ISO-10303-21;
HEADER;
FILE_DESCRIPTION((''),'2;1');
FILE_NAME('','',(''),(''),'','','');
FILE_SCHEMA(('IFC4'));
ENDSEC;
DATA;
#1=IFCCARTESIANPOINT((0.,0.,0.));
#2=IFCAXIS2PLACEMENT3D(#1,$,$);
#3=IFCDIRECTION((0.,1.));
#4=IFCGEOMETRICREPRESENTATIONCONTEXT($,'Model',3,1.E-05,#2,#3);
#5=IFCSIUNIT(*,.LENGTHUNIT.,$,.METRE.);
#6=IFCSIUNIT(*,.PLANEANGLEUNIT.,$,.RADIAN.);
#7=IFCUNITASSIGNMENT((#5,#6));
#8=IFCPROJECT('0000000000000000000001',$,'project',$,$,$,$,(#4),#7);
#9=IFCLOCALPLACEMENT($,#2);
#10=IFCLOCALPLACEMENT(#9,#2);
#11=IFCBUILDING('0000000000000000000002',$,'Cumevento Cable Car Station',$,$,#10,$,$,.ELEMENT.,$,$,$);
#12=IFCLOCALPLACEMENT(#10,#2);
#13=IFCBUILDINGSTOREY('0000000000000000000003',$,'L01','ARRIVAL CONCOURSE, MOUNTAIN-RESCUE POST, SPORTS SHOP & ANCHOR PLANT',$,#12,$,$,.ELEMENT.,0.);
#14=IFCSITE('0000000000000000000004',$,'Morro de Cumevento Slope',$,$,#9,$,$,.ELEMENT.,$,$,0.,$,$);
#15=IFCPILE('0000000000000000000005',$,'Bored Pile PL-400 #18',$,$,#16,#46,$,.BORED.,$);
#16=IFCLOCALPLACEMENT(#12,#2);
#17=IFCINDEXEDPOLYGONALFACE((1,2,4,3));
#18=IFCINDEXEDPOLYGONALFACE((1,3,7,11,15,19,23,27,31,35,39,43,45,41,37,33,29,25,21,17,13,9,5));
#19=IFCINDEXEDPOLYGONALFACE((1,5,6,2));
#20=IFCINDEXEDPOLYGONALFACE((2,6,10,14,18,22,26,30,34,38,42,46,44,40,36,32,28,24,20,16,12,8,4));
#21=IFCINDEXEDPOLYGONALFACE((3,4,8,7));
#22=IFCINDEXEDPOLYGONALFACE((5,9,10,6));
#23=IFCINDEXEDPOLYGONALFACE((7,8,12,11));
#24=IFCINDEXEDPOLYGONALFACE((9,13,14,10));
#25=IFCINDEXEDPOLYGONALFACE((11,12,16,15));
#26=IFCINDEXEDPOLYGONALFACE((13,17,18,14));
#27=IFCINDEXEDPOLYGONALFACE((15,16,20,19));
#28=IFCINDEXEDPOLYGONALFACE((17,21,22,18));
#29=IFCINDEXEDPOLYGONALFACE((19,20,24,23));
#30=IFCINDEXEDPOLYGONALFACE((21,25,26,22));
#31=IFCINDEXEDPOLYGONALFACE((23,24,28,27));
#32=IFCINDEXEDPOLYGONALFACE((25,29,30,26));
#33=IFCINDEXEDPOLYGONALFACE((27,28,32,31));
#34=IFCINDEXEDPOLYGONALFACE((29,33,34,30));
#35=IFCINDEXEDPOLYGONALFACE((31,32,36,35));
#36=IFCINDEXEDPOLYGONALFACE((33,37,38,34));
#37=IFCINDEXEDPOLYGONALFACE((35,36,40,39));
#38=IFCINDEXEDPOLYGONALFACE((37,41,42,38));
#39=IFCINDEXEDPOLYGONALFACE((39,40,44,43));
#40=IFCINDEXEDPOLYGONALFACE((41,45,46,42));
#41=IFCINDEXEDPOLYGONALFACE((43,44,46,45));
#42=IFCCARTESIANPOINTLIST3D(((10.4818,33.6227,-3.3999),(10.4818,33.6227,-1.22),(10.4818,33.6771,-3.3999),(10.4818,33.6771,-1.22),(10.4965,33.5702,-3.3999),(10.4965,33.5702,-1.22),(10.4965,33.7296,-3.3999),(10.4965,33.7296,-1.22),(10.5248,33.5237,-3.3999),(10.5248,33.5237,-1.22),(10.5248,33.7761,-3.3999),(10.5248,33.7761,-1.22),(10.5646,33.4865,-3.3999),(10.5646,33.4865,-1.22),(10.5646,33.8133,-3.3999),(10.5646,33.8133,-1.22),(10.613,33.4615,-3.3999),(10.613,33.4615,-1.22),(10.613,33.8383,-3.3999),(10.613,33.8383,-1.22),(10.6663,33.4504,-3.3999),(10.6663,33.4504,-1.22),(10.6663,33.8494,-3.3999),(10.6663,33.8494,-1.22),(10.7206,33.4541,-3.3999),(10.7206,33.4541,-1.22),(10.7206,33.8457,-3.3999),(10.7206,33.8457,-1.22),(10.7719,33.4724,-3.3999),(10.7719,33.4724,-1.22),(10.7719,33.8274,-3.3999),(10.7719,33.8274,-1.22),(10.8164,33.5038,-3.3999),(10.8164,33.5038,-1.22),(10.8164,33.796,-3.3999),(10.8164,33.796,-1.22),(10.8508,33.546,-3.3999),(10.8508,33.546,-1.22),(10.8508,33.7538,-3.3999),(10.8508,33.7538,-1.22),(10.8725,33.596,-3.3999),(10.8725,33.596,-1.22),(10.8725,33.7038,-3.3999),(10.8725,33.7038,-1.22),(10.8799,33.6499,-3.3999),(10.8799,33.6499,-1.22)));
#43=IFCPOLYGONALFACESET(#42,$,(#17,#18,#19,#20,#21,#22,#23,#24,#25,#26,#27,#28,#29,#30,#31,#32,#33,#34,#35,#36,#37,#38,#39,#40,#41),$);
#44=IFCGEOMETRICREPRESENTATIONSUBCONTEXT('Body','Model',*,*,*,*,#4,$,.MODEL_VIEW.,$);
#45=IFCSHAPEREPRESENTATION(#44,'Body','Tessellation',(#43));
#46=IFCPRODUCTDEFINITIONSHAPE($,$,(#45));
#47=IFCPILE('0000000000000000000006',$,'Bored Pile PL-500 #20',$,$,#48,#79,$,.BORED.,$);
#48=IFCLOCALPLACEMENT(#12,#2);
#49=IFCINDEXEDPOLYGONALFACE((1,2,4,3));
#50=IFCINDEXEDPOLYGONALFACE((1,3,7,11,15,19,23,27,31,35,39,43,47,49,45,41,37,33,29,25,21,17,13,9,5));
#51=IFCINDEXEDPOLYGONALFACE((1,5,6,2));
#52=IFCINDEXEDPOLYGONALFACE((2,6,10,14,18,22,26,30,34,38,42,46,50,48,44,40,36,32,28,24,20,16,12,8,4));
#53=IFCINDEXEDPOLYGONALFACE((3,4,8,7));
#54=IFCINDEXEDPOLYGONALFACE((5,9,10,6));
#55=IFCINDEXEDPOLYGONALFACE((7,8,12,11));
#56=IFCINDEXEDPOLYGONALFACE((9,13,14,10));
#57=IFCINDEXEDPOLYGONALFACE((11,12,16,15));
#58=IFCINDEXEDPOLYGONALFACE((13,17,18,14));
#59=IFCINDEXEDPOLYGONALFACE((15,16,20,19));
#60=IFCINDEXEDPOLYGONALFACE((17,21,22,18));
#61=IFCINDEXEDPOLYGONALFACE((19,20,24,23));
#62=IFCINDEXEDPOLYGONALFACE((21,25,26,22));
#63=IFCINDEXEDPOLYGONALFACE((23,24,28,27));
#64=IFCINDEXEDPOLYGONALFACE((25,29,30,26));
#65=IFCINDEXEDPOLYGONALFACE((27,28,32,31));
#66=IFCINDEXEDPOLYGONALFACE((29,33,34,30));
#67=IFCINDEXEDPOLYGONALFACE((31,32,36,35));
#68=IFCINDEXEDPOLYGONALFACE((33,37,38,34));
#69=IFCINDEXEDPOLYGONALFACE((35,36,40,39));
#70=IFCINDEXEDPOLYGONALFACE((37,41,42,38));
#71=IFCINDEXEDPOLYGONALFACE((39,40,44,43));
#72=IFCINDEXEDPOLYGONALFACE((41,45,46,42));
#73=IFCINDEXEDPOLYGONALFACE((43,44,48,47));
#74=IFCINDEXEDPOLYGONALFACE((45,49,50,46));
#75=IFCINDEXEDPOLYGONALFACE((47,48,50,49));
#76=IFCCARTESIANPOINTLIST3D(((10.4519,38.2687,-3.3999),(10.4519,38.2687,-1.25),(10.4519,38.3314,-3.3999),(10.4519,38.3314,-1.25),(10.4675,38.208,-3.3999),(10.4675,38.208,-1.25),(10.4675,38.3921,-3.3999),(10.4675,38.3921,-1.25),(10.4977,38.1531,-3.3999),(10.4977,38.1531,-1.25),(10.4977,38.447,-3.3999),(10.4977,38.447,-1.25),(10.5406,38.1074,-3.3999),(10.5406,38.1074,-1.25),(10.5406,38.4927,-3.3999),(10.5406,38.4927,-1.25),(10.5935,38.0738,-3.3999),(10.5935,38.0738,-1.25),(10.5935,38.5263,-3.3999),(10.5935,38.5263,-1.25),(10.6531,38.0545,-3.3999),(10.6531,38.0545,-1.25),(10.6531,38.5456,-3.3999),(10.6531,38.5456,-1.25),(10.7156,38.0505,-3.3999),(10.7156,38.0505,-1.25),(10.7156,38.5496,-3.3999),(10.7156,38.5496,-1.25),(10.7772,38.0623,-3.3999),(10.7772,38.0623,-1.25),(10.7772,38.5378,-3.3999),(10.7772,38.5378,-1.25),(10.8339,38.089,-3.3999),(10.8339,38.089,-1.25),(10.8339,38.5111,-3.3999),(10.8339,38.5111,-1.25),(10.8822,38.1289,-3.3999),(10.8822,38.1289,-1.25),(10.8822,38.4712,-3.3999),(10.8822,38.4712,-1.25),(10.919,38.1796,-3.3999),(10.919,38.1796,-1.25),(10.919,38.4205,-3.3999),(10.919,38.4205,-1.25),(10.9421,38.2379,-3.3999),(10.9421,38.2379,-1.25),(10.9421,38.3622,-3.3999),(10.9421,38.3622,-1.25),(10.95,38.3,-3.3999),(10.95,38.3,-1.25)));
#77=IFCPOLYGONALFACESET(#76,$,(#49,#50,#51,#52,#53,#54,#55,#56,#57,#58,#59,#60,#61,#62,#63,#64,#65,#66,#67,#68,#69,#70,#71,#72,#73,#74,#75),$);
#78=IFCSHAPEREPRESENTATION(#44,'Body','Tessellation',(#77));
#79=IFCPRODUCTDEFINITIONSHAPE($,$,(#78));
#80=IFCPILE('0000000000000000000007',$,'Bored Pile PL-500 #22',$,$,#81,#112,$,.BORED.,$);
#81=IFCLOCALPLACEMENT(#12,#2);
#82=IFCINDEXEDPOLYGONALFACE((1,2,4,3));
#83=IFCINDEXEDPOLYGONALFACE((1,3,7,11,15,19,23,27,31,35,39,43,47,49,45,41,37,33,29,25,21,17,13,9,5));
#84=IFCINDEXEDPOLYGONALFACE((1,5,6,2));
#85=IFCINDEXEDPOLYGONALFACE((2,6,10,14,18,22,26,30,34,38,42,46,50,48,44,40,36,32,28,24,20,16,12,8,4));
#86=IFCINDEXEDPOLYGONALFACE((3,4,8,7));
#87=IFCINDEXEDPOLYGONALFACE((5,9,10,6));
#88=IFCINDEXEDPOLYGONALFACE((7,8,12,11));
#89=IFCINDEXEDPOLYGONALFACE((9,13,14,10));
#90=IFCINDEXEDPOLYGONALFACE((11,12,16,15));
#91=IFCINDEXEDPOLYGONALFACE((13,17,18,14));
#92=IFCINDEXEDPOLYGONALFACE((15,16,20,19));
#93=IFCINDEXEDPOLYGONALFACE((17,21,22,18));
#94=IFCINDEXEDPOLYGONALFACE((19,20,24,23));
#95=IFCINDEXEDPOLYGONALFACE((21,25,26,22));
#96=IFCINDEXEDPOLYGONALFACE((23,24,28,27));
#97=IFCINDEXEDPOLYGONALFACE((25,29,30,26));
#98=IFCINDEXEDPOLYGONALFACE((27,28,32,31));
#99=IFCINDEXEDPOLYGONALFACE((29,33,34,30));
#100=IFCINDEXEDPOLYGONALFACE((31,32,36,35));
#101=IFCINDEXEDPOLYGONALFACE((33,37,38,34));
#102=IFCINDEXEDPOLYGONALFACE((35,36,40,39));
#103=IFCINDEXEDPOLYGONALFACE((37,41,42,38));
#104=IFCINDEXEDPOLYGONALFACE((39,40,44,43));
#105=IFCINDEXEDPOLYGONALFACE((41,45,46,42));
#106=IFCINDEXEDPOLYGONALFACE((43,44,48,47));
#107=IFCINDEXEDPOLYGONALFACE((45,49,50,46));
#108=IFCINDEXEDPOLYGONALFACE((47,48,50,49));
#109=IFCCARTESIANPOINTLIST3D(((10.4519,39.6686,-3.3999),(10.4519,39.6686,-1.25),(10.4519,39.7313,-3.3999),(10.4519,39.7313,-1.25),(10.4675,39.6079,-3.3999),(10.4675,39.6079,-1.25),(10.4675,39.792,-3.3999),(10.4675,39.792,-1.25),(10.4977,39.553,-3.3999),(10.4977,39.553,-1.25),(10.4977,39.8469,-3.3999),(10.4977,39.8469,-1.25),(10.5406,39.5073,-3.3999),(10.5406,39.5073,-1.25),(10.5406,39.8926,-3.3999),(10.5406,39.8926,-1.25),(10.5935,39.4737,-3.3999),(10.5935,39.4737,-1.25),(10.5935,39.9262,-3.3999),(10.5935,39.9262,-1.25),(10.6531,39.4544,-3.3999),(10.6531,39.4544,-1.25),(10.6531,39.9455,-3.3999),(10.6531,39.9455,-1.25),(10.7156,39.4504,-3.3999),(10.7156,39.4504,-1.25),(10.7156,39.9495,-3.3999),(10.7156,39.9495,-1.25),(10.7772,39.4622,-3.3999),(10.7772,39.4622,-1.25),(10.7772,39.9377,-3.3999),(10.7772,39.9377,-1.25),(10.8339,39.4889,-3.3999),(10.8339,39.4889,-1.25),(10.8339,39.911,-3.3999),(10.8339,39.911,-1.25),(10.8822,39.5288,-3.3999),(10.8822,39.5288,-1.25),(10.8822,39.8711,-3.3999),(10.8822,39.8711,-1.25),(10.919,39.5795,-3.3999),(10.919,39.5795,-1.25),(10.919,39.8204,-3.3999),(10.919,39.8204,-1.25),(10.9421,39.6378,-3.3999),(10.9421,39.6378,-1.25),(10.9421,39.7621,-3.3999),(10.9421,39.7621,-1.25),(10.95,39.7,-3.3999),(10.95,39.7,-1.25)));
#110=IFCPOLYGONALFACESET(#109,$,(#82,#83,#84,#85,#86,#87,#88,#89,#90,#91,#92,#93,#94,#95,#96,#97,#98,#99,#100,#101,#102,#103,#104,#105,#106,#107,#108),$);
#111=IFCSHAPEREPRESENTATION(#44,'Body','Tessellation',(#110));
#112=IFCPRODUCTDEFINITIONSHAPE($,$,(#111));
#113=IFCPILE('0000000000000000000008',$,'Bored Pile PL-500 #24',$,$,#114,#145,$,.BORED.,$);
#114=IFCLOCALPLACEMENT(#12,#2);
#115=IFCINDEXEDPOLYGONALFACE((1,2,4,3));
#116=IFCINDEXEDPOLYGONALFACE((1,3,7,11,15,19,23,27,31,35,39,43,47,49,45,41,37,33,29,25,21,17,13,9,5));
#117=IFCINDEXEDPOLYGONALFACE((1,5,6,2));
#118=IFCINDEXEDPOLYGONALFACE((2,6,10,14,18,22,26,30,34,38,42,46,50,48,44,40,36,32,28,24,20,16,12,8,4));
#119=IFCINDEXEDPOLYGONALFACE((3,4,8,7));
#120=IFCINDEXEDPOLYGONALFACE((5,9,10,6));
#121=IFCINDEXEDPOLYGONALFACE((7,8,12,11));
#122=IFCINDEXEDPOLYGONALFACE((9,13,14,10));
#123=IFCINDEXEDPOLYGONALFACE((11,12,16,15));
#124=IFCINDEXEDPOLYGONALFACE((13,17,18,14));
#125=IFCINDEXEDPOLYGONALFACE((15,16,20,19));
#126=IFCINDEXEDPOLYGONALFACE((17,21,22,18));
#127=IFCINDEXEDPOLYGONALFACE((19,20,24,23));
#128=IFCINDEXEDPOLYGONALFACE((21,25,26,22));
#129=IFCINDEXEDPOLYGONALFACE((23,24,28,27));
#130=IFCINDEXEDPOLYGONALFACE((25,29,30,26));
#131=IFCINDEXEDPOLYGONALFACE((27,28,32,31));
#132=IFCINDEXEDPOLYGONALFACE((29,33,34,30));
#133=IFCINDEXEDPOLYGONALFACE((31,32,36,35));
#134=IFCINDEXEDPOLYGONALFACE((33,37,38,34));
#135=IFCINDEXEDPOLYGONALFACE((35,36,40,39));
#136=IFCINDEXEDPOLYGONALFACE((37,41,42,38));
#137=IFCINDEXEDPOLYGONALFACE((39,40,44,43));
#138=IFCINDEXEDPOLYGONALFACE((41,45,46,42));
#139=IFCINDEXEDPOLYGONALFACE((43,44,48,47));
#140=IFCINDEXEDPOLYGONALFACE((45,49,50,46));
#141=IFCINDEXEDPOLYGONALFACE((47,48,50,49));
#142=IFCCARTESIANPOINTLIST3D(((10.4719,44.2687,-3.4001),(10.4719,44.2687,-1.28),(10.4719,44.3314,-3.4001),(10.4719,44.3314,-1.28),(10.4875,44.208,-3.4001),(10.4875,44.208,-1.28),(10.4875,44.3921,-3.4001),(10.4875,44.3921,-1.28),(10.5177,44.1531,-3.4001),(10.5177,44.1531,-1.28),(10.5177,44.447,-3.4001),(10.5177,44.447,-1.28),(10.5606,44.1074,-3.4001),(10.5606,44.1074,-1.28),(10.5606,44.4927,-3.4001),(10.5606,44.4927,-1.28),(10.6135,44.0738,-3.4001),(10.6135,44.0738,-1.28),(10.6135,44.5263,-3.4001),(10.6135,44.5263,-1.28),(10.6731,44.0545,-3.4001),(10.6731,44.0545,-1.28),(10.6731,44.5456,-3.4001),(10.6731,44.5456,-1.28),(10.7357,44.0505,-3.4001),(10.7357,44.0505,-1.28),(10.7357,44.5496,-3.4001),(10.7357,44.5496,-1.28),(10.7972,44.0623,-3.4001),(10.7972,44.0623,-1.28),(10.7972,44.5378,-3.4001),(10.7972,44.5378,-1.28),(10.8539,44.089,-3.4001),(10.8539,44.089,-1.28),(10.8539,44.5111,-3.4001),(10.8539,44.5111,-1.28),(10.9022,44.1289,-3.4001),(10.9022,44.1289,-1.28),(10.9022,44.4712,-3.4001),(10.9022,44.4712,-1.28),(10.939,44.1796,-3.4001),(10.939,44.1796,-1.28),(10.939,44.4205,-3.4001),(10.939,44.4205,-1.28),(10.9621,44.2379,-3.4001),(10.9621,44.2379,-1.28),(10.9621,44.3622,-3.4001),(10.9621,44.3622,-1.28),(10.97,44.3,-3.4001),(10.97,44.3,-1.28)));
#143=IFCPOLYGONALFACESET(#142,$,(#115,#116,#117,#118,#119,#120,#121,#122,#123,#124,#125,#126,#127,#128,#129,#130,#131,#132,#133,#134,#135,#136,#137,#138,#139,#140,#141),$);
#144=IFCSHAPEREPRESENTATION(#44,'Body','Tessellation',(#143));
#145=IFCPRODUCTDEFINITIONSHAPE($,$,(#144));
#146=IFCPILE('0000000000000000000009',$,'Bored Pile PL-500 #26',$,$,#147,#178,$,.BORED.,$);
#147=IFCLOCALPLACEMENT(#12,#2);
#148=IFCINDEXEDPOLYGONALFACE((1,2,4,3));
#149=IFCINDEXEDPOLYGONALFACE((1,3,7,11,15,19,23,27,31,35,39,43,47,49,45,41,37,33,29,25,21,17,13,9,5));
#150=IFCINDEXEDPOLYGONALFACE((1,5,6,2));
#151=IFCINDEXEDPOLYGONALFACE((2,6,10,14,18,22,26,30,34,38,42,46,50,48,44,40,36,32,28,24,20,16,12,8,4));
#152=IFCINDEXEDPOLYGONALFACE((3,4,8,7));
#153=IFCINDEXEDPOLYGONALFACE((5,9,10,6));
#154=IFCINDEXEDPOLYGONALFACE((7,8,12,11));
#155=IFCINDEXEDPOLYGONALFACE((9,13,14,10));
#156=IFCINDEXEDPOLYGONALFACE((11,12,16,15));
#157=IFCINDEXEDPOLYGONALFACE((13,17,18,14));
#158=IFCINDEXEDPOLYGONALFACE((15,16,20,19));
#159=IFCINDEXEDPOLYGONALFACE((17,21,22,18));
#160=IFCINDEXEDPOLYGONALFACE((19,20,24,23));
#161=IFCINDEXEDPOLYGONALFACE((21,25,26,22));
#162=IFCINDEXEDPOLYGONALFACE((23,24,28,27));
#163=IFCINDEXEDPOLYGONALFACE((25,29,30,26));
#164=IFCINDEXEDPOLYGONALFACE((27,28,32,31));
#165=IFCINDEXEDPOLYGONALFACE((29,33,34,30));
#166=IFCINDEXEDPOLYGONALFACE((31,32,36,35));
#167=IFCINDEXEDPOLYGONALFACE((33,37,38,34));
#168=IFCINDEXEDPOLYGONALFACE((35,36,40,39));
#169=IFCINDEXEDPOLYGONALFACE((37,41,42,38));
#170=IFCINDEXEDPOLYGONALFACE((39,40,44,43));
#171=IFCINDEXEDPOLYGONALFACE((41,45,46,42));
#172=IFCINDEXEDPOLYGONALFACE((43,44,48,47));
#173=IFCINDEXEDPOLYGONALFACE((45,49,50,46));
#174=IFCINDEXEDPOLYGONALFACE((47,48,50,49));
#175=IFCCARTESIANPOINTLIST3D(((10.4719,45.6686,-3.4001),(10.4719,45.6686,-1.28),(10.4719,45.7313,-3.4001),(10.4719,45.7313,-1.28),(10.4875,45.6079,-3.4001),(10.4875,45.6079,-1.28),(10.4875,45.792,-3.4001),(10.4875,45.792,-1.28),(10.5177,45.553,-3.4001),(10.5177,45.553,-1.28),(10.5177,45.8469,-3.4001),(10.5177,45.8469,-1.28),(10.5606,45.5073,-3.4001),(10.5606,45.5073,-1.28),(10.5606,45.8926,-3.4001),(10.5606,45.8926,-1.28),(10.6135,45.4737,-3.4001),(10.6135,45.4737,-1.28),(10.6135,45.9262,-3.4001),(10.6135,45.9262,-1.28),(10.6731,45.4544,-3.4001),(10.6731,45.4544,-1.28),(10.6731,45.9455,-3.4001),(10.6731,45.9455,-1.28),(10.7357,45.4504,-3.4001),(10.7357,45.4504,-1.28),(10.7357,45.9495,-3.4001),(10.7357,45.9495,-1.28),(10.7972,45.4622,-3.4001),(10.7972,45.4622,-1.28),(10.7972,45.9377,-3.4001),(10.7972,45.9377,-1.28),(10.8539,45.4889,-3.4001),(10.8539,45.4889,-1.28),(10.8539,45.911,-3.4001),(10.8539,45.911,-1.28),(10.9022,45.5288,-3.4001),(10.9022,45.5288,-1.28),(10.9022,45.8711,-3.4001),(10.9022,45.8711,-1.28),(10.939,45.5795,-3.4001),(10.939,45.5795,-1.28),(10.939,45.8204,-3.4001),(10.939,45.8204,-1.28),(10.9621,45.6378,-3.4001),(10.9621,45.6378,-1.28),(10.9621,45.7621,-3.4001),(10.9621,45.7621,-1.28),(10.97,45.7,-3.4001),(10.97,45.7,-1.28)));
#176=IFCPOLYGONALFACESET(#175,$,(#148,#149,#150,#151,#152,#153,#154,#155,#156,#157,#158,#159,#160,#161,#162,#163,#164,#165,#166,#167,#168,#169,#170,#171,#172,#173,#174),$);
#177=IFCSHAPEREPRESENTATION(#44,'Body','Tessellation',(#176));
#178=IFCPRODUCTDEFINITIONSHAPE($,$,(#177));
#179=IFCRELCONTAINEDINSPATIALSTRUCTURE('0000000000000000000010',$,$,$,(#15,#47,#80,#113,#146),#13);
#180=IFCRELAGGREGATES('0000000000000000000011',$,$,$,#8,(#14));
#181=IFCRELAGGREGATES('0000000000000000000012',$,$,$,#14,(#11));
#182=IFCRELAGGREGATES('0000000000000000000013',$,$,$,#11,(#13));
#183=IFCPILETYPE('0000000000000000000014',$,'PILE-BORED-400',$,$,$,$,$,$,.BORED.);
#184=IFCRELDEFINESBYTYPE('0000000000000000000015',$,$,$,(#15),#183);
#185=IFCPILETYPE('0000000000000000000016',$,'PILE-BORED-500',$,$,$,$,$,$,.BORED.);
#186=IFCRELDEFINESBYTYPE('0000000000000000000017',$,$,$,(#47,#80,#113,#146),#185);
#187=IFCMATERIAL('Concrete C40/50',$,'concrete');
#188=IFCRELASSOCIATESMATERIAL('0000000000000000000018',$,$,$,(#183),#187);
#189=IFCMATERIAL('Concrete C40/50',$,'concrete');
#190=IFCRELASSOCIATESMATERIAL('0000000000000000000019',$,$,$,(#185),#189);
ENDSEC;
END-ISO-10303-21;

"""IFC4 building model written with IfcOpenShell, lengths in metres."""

from ifc_helpers import new_model, si_unit, direction, frame, origin, origin_2d, place, context, subcontext, project, spatial, circle, extrude, material, material_profile, profile_set, type_object, element, save


model = new_model("IFC4")

# Units and contexts
model_context = context("Model", 3, precision=1e-05, world=origin(), true_north=direction((0.0, 1.0)))
body_context = subcontext(model_context, "Body", "Model", "MODEL_VIEW")
ifc_project = project(units=[si_unit("LENGTHUNIT", "METRE"), si_unit("PLANEANGLEUNIT", "RADIAN")], contexts=[model_context])

# Site, building, storey
site_placement = place(None, origin())
site = spatial("IfcSite", under=ifc_project, at=site_placement, Name="Morro de Cumevento Slope", CompositionType="ELEMENT", RefElevation=0.0)
building_placement = place(site_placement, origin())
building = spatial("IfcBuilding", under=site, at=building_placement, Name="Cumevento Cable Car Station", CompositionType="ELEMENT")
storey_placement = place(building_placement, origin())
storey = spatial("IfcBuildingStorey", under=building, at=storey_placement, Name="L01", Description="ARRIVAL CONCOURSE, MOUNTAIN-RESCUE POST, SPORTS SHOP & ANCHOR PLANT", CompositionType="ELEMENT", Elevation=0.0)

# Piles
ifc_material_1 = material(Name="Concrete C40/50", Category="concrete")
ifc_material_profile_1 = material_profile(ifc_material_1, circle(Radius=0.2, at=origin_2d()), Name="PILE-D400")
ifc_profile_set_1 = profile_set([ifc_material_profile_1], Name="Concrete C40/50")
pile_type_1 = type_object("IfcPileType", Name="PILE-BORED-400", PredefinedType="BORED", material=ifc_profile_set_1)
pile_1_placement = place(storey_placement, frame((10.6799, 33.6499, -1.22), z_axis=(0.0, 0.0, -1.0), x_axis=(1.0, 0.0, 0.0)))
element("IfcPile", 1, at=pile_1_placement, inside=storey, type_object=pile_type_1, Name="Bored Pile PL-400 #18", PredefinedType="BORED", context=body_context, shape_type="SweptSolid", body=[
    extrude(circle(Radius=0.2, at=origin_2d()), origin(), (0.0, 0.0, 1.0), 2.1799),
])
ifc_material_2 = material(Name="Concrete C40/50", Category="concrete")
ifc_material_profile_2 = material_profile(ifc_material_2, circle(Radius=0.25, at=origin_2d()), Name="PILE-D500")
ifc_profile_set_2 = profile_set([ifc_material_profile_2], Name="Concrete C40/50")
pile_type_2 = type_object("IfcPileType", Name="PILE-BORED-500", PredefinedType="BORED", material=ifc_profile_set_2)
for number, where, z_axis, x_axis, name in (
    (2, (10.7, 38.3, -1.25), (0.0, 0.0, -1.0), (1.0, 0.0, 0.0), "Bored Pile PL-500 #20"),
    (3, (10.7, 39.7, -1.25), (0.0, 0.0, -1.0), (1.0, 0.0, 0.0), "Bored Pile PL-500 #22"),
):
    element("IfcPile", number, at=place(storey_placement, frame(where, z_axis=z_axis, x_axis=x_axis)), inside=storey, type_object=pile_type_2, Name=name, PredefinedType="BORED", context=body_context, shape_type="SweptSolid", body=[
        extrude(circle(Radius=0.25, at=origin_2d()), origin(), (0.0, 0.0, 1.0), 2.1499),
    ])
for number, where, z_axis, x_axis, name in (
    (4, (10.72, 44.3, -1.28), (0.0, 0.0, -1.0), (1.0, 0.0, 0.0), "Bored Pile PL-500 #24"),
    (5, (10.72, 45.7, -1.28), (0.0, 0.0, -1.0), (1.0, 0.0, 0.0), "Bored Pile PL-500 #26"),
):
    element("IfcPile", number, at=place(storey_placement, frame(where, z_axis=z_axis, x_axis=x_axis)), inside=storey, type_object=pile_type_2, Name=name, PredefinedType="BORED", context=body_context, shape_type="SweptSolid", body=[
        extrude(circle(Radius=0.25, at=origin_2d()), origin(), (0.0, 0.0, 1.0), 2.1201),
    ])

save(model, "model.ifc")
